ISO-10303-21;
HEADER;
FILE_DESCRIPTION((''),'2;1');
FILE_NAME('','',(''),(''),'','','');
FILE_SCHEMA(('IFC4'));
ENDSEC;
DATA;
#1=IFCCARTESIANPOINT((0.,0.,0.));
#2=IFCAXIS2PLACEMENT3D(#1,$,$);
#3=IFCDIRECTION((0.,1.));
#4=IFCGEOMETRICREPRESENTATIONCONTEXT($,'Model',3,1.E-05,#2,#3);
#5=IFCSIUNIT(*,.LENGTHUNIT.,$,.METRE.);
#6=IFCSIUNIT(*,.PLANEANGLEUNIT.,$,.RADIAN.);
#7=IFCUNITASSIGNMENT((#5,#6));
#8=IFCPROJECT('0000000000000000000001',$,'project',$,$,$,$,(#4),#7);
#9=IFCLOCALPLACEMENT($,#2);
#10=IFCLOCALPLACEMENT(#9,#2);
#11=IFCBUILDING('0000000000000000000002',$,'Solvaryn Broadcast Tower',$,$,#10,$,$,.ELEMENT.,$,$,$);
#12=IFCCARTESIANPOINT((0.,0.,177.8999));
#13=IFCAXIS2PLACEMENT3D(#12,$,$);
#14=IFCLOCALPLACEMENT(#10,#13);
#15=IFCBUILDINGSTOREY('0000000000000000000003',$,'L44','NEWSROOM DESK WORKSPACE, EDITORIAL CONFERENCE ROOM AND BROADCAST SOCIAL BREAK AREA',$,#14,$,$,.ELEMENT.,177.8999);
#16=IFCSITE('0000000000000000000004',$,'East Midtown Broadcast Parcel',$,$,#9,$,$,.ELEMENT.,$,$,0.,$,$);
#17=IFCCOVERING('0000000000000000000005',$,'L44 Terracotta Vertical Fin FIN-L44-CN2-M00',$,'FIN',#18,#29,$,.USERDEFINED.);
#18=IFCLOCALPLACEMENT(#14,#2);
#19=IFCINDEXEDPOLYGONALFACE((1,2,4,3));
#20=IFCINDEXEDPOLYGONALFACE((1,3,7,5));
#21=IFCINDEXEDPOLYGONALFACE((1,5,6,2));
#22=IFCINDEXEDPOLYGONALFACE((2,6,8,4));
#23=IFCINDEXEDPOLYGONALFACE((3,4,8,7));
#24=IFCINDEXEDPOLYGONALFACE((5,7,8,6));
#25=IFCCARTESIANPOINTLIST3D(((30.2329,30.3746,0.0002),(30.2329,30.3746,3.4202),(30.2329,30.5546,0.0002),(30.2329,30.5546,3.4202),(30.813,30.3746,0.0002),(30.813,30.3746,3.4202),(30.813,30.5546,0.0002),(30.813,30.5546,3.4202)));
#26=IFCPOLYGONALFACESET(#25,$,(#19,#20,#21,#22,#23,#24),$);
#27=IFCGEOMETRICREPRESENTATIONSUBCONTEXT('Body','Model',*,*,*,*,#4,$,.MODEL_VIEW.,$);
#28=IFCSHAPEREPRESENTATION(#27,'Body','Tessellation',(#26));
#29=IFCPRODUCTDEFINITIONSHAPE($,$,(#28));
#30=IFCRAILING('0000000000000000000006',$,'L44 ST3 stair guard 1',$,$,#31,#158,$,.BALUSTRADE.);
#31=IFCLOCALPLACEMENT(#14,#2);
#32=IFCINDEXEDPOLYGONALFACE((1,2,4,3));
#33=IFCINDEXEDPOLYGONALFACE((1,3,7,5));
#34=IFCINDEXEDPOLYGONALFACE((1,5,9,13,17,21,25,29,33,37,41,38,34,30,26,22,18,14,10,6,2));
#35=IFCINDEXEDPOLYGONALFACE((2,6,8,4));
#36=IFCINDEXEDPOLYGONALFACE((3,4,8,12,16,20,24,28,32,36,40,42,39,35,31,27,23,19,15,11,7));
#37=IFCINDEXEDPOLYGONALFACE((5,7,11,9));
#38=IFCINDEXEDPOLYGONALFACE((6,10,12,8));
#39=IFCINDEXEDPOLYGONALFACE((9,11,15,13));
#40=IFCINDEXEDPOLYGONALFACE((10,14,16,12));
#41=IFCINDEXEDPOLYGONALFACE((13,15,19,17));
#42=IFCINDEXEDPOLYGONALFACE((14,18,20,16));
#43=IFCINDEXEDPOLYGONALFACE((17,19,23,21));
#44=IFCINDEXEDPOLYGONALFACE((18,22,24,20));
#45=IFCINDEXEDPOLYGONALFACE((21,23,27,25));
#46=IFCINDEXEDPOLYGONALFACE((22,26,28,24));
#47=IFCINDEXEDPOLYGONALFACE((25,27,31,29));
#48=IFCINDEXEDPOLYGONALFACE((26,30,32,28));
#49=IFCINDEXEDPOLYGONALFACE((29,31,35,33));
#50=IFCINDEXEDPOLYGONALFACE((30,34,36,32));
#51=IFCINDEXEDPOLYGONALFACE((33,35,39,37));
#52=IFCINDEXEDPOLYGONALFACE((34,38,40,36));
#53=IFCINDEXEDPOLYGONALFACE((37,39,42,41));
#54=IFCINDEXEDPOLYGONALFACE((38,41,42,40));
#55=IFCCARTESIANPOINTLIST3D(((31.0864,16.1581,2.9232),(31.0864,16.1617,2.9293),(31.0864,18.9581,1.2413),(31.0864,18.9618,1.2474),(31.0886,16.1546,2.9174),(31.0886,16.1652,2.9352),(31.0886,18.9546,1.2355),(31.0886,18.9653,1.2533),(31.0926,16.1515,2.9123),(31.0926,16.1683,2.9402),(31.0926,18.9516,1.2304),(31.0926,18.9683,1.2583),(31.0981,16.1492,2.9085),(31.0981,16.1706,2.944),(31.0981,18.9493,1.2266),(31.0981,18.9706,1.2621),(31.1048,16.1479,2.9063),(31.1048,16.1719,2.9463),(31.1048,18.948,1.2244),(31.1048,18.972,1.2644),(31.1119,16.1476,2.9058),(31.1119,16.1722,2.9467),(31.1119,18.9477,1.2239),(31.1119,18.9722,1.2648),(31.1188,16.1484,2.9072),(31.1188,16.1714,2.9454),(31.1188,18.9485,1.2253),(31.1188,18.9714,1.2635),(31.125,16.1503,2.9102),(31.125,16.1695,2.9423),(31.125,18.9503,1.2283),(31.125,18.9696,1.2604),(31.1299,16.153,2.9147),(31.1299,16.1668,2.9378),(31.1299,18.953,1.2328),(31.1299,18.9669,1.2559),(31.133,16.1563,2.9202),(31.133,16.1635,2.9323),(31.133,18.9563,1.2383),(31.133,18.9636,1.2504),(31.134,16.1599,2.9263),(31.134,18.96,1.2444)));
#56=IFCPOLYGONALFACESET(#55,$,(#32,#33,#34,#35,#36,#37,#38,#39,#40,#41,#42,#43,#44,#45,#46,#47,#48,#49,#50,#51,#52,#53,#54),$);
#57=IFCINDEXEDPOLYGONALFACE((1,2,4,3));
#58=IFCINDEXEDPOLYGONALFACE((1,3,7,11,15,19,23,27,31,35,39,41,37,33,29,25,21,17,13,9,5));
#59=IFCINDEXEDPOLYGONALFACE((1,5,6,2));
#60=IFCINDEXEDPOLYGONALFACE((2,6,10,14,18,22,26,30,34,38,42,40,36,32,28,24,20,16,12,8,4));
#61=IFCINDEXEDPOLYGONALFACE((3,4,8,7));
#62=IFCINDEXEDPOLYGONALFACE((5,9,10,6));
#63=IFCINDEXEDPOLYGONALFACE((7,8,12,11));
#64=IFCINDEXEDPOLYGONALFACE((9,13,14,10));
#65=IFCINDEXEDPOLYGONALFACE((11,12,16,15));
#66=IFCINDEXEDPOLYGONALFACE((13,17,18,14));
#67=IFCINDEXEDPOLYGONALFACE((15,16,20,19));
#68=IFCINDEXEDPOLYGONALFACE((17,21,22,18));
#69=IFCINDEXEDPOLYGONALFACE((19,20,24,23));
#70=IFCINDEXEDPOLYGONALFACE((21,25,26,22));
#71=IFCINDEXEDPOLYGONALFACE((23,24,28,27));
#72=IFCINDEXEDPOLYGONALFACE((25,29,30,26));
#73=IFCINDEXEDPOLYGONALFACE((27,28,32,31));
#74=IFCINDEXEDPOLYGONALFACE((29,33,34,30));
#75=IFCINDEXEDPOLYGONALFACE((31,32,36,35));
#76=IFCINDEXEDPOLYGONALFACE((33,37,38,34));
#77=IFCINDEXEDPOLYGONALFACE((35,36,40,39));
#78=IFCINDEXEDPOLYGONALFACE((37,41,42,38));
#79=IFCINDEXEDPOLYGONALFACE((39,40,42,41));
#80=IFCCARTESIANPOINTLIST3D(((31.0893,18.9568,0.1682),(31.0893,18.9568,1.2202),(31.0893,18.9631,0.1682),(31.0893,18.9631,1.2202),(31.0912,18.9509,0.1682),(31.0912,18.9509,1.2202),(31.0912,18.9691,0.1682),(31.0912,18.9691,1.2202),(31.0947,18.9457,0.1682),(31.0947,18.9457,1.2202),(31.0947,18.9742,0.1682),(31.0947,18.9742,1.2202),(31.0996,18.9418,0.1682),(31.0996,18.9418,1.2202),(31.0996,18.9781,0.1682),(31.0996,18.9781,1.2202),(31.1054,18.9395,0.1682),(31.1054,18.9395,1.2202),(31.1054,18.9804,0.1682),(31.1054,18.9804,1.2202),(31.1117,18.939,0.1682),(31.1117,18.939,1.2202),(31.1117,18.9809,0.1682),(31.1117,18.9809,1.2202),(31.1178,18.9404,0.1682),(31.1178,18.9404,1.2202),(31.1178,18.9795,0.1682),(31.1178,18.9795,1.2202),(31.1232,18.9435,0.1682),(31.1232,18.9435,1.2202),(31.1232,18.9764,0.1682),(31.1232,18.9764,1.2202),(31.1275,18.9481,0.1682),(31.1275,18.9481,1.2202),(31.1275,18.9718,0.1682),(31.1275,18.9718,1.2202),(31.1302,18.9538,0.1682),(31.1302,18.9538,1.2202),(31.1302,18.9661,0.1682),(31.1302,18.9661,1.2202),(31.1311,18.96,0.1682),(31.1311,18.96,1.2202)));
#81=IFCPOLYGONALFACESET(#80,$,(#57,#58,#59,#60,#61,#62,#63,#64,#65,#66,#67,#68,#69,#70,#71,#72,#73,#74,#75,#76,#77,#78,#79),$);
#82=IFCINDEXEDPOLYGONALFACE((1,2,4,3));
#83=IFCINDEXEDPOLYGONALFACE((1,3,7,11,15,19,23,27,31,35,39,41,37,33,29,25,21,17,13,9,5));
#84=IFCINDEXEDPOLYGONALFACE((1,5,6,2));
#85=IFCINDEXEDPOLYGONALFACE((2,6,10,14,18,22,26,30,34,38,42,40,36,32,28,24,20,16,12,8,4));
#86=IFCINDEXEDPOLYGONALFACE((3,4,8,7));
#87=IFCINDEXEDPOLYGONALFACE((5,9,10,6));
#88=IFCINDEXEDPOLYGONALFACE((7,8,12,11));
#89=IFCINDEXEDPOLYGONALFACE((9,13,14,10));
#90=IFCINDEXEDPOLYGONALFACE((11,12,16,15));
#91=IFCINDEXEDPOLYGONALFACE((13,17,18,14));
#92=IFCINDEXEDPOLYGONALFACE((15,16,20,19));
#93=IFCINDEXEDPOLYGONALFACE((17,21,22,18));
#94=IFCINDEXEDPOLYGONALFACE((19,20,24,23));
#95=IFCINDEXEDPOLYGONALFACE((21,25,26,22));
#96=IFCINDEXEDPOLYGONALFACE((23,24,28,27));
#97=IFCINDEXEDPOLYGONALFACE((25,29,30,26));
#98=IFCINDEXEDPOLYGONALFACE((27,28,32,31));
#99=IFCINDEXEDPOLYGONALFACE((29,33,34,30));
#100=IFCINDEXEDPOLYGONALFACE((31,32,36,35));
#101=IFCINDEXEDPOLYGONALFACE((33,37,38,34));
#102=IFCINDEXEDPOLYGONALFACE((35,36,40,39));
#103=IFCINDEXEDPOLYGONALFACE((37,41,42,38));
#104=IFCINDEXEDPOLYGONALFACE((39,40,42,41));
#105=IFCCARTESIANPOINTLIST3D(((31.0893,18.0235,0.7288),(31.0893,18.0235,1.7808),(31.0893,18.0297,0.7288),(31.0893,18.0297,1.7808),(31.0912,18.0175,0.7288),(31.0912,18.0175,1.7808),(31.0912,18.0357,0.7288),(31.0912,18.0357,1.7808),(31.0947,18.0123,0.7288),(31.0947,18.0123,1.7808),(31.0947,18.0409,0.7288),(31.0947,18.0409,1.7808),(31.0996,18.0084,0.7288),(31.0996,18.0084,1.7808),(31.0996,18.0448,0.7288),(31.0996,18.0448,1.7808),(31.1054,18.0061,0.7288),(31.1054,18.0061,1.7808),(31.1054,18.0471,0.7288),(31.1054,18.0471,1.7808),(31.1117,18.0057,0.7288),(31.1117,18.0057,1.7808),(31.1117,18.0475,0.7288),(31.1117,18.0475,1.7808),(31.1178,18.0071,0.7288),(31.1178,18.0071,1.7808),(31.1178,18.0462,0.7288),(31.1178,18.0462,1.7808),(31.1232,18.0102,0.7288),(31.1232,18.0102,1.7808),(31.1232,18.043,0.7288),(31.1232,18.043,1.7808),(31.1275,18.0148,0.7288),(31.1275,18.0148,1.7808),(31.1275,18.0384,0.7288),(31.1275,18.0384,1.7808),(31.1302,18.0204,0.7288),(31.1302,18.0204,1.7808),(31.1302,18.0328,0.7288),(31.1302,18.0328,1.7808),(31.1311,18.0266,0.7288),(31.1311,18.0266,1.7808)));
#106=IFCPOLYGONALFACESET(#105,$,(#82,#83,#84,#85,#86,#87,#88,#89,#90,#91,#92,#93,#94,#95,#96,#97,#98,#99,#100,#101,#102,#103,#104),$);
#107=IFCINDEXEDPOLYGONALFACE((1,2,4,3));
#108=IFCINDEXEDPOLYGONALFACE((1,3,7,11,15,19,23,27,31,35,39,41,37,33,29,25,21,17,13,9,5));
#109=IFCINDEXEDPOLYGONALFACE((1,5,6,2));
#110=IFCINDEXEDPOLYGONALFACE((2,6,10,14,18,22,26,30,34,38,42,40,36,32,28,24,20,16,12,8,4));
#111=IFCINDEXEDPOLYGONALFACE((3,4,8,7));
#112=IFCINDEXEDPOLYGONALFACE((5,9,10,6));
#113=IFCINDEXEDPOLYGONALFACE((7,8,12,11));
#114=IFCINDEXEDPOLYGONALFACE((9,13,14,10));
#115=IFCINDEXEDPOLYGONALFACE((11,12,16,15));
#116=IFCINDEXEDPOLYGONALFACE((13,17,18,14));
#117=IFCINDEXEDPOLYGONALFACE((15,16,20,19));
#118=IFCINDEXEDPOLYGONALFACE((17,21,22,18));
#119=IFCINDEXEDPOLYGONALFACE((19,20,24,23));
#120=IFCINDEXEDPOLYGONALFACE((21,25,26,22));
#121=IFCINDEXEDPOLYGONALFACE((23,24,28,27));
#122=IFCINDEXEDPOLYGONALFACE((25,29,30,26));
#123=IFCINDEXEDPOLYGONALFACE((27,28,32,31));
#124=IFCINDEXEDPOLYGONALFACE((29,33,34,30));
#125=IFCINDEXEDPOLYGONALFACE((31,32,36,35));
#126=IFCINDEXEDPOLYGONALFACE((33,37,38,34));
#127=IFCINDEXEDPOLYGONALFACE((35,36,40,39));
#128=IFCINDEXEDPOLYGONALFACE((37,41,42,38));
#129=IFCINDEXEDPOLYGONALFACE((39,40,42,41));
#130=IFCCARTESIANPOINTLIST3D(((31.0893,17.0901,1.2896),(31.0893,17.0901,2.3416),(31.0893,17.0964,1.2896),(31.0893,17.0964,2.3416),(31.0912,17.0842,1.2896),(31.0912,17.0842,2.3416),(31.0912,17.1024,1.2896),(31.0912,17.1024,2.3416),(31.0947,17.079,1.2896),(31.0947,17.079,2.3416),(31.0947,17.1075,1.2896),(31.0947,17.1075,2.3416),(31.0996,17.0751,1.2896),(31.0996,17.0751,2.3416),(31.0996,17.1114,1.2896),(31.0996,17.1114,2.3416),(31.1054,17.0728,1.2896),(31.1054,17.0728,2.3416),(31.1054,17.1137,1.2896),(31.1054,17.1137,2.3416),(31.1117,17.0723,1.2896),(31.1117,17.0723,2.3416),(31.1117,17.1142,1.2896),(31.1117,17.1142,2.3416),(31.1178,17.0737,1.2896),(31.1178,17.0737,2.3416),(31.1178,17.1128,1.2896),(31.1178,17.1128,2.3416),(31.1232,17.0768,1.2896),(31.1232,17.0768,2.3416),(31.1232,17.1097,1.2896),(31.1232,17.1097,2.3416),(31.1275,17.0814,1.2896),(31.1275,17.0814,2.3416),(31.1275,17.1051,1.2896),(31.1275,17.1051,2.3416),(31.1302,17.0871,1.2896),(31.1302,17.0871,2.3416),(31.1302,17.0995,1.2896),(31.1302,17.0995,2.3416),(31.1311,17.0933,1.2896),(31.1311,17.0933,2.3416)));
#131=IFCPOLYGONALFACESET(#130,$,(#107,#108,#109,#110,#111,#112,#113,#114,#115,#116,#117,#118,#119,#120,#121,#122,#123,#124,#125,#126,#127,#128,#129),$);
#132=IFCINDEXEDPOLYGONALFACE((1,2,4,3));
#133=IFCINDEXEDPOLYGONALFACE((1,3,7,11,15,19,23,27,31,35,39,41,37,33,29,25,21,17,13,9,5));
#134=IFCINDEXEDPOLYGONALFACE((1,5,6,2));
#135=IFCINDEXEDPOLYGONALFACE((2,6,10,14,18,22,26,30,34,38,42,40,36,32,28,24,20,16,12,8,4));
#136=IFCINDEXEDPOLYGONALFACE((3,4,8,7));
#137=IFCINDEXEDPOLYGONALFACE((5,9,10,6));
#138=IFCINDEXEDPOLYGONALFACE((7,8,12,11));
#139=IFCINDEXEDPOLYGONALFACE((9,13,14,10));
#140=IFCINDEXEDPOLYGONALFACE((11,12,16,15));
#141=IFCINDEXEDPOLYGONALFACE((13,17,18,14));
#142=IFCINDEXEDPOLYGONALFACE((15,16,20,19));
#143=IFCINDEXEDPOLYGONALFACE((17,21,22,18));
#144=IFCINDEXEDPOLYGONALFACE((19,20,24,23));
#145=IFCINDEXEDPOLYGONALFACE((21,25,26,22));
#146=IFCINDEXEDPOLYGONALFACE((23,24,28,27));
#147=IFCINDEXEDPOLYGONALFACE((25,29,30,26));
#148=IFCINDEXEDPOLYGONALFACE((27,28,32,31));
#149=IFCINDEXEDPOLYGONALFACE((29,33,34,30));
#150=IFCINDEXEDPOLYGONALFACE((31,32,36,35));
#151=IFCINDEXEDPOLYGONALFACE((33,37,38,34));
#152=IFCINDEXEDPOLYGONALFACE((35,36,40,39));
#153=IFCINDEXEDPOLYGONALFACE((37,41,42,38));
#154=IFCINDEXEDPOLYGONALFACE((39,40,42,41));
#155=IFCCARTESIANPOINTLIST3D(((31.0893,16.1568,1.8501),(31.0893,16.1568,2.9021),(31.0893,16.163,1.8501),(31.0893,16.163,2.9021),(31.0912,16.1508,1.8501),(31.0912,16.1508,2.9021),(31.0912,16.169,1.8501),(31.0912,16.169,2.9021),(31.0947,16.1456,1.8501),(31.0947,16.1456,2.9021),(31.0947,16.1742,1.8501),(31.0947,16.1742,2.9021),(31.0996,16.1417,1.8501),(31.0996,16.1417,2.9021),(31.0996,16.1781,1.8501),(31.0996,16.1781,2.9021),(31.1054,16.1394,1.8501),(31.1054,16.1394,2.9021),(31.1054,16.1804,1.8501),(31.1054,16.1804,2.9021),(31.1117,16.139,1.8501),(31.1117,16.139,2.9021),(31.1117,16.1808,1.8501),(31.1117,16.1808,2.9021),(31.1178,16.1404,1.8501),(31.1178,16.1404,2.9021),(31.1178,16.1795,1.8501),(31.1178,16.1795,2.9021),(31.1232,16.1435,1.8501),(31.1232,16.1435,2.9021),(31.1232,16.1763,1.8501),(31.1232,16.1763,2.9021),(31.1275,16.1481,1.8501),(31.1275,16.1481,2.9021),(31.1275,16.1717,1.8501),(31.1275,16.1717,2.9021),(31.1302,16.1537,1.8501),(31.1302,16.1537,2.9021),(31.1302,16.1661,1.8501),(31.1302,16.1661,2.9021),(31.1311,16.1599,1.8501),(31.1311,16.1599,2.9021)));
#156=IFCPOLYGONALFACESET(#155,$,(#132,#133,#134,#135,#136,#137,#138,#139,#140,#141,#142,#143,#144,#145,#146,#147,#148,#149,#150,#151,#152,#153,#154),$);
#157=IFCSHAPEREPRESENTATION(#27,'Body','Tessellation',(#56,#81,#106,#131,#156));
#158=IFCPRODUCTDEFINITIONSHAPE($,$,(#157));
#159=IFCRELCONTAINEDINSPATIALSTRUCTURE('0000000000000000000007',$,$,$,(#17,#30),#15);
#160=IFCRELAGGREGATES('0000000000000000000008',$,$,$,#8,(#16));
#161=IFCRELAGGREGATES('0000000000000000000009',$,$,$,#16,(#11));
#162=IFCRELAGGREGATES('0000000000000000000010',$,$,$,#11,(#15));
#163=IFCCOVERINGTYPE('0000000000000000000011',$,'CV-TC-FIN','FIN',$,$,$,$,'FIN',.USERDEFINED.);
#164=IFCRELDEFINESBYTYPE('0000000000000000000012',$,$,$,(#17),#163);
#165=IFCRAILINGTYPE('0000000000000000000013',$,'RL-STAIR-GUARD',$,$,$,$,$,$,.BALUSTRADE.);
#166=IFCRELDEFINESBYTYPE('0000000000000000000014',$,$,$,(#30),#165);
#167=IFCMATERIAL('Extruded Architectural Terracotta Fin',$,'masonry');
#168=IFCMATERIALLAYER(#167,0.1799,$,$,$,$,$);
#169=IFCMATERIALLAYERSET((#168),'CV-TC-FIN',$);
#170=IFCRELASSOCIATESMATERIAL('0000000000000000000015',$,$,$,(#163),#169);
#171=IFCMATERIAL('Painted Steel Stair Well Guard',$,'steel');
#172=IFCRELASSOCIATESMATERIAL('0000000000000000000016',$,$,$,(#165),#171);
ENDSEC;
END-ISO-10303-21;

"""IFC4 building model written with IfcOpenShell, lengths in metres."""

from ifc_helpers import new_model, si_unit, direction, frame, origin, origin_2d, place, context, subcontext, project, spatial, rectangle, circle, extrude, material, layer, layer_set, type_object, element, save


model = new_model("IFC4")

# Units and contexts
model_context = context("Model", 3, precision=1e-05, world=origin(), true_north=direction((0.0, 1.0)))
body_context = subcontext(model_context, "Body", "Model", "MODEL_VIEW")
ifc_project = project(units=[si_unit("LENGTHUNIT", "METRE"), si_unit("PLANEANGLEUNIT", "RADIAN")], contexts=[model_context])

# Site, building, storey
site_placement = place(None, origin())
site = spatial("IfcSite", under=ifc_project, at=site_placement, Name="East Midtown Broadcast Parcel", CompositionType="ELEMENT", RefElevation=0.0)
building_placement = place(site_placement, origin())
building = spatial("IfcBuilding", under=site, at=building_placement, Name="Solvaryn Broadcast Tower", CompositionType="ELEMENT")
storey_placement = place(building_placement, frame((0.0, 0.0, 177.8999)))
storey = spatial("IfcBuildingStorey", under=building, at=storey_placement, Name="L44", Description="NEWSROOM DESK WORKSPACE, EDITORIAL CONFERENCE ROOM AND BROADCAST SOCIAL BREAK AREA", CompositionType="ELEMENT", Elevation=177.8999)

# Covering
ifc_material_1 = material(Name="Extruded Architectural Terracotta Fin", Category="masonry")
ifc_layer_1 = layer(ifc_material_1, 0.1799)
ifc_layer_set_1 = layer_set([ifc_layer_1], Name="CV-TC-FIN")
covering_type_1 = type_object("IfcCoveringType", Name="CV-TC-FIN", Description="FIN", ElementType="FIN", PredefinedType="USERDEFINED", material=ifc_layer_set_1)
covering_1_placement = place(storey_placement, frame((30.5229, 30.4646, 0.0002), z_axis=(0.0, 0.0, 1.0), x_axis=(1.0, 0.0, 0.0)))
element("IfcCovering", 1, at=covering_1_placement, inside=storey, type_object=covering_type_1, Name="L44 Terracotta Vertical Fin FIN-L44-CN2-M00", ObjectType="FIN", PredefinedType="USERDEFINED", context=body_context, shape_type="SweptSolid", body=[
    extrude(rectangle(XDim=0.5801, YDim=0.1799, at=origin_2d()), origin(), (0.0, 0.0, 1.0), 3.4199),
])

# Railing
ifc_material_2 = material(Name="Painted Steel Stair Well Guard", Category="steel")
railing_type = type_object("IfcRailingType", Name="RL-STAIR-GUARD", PredefinedType="BALUSTRADE", material=ifc_material_2)
railing_1_placement = place(storey_placement, frame((31.1101, 18.96, 0.1682)))
element("IfcRailing", 2, at=railing_1_placement, inside=storey, type_object=railing_type, Name="L44 ST3 stair guard 1", PredefinedType="BALUSTRADE", context=body_context, shape_type="SweptSolid", body=[
    extrude(circle(Radius=0.0239, at=origin_2d()), frame((0.0, 0.0, 1.0762), z_axis=(0.0, -0.857242, 0.514913), x_axis=(1.0, 0.0, 0.0)), (0.0, 0.0, 1.0), 3.2664),
    extrude(circle(Radius=0.021, at=origin_2d()), origin(), (0.0, 0.0, 1.0), 1.052),
    extrude(circle(Radius=0.021, at=origin_2d()), frame((0.0, -0.9333, 0.5605)), (0.0, 0.0, 1.0), 1.052),
    extrude(circle(Radius=0.021, at=origin_2d()), frame((0.0, -1.8667, 1.1213)), (0.0, 0.0, 1.0), 1.052),
    extrude(circle(Radius=0.021, at=origin_2d()), frame((0.0, -2.8, 1.6819)), (0.0, 0.0, 1.0), 1.052),
])

save(model, "model.ifc")
